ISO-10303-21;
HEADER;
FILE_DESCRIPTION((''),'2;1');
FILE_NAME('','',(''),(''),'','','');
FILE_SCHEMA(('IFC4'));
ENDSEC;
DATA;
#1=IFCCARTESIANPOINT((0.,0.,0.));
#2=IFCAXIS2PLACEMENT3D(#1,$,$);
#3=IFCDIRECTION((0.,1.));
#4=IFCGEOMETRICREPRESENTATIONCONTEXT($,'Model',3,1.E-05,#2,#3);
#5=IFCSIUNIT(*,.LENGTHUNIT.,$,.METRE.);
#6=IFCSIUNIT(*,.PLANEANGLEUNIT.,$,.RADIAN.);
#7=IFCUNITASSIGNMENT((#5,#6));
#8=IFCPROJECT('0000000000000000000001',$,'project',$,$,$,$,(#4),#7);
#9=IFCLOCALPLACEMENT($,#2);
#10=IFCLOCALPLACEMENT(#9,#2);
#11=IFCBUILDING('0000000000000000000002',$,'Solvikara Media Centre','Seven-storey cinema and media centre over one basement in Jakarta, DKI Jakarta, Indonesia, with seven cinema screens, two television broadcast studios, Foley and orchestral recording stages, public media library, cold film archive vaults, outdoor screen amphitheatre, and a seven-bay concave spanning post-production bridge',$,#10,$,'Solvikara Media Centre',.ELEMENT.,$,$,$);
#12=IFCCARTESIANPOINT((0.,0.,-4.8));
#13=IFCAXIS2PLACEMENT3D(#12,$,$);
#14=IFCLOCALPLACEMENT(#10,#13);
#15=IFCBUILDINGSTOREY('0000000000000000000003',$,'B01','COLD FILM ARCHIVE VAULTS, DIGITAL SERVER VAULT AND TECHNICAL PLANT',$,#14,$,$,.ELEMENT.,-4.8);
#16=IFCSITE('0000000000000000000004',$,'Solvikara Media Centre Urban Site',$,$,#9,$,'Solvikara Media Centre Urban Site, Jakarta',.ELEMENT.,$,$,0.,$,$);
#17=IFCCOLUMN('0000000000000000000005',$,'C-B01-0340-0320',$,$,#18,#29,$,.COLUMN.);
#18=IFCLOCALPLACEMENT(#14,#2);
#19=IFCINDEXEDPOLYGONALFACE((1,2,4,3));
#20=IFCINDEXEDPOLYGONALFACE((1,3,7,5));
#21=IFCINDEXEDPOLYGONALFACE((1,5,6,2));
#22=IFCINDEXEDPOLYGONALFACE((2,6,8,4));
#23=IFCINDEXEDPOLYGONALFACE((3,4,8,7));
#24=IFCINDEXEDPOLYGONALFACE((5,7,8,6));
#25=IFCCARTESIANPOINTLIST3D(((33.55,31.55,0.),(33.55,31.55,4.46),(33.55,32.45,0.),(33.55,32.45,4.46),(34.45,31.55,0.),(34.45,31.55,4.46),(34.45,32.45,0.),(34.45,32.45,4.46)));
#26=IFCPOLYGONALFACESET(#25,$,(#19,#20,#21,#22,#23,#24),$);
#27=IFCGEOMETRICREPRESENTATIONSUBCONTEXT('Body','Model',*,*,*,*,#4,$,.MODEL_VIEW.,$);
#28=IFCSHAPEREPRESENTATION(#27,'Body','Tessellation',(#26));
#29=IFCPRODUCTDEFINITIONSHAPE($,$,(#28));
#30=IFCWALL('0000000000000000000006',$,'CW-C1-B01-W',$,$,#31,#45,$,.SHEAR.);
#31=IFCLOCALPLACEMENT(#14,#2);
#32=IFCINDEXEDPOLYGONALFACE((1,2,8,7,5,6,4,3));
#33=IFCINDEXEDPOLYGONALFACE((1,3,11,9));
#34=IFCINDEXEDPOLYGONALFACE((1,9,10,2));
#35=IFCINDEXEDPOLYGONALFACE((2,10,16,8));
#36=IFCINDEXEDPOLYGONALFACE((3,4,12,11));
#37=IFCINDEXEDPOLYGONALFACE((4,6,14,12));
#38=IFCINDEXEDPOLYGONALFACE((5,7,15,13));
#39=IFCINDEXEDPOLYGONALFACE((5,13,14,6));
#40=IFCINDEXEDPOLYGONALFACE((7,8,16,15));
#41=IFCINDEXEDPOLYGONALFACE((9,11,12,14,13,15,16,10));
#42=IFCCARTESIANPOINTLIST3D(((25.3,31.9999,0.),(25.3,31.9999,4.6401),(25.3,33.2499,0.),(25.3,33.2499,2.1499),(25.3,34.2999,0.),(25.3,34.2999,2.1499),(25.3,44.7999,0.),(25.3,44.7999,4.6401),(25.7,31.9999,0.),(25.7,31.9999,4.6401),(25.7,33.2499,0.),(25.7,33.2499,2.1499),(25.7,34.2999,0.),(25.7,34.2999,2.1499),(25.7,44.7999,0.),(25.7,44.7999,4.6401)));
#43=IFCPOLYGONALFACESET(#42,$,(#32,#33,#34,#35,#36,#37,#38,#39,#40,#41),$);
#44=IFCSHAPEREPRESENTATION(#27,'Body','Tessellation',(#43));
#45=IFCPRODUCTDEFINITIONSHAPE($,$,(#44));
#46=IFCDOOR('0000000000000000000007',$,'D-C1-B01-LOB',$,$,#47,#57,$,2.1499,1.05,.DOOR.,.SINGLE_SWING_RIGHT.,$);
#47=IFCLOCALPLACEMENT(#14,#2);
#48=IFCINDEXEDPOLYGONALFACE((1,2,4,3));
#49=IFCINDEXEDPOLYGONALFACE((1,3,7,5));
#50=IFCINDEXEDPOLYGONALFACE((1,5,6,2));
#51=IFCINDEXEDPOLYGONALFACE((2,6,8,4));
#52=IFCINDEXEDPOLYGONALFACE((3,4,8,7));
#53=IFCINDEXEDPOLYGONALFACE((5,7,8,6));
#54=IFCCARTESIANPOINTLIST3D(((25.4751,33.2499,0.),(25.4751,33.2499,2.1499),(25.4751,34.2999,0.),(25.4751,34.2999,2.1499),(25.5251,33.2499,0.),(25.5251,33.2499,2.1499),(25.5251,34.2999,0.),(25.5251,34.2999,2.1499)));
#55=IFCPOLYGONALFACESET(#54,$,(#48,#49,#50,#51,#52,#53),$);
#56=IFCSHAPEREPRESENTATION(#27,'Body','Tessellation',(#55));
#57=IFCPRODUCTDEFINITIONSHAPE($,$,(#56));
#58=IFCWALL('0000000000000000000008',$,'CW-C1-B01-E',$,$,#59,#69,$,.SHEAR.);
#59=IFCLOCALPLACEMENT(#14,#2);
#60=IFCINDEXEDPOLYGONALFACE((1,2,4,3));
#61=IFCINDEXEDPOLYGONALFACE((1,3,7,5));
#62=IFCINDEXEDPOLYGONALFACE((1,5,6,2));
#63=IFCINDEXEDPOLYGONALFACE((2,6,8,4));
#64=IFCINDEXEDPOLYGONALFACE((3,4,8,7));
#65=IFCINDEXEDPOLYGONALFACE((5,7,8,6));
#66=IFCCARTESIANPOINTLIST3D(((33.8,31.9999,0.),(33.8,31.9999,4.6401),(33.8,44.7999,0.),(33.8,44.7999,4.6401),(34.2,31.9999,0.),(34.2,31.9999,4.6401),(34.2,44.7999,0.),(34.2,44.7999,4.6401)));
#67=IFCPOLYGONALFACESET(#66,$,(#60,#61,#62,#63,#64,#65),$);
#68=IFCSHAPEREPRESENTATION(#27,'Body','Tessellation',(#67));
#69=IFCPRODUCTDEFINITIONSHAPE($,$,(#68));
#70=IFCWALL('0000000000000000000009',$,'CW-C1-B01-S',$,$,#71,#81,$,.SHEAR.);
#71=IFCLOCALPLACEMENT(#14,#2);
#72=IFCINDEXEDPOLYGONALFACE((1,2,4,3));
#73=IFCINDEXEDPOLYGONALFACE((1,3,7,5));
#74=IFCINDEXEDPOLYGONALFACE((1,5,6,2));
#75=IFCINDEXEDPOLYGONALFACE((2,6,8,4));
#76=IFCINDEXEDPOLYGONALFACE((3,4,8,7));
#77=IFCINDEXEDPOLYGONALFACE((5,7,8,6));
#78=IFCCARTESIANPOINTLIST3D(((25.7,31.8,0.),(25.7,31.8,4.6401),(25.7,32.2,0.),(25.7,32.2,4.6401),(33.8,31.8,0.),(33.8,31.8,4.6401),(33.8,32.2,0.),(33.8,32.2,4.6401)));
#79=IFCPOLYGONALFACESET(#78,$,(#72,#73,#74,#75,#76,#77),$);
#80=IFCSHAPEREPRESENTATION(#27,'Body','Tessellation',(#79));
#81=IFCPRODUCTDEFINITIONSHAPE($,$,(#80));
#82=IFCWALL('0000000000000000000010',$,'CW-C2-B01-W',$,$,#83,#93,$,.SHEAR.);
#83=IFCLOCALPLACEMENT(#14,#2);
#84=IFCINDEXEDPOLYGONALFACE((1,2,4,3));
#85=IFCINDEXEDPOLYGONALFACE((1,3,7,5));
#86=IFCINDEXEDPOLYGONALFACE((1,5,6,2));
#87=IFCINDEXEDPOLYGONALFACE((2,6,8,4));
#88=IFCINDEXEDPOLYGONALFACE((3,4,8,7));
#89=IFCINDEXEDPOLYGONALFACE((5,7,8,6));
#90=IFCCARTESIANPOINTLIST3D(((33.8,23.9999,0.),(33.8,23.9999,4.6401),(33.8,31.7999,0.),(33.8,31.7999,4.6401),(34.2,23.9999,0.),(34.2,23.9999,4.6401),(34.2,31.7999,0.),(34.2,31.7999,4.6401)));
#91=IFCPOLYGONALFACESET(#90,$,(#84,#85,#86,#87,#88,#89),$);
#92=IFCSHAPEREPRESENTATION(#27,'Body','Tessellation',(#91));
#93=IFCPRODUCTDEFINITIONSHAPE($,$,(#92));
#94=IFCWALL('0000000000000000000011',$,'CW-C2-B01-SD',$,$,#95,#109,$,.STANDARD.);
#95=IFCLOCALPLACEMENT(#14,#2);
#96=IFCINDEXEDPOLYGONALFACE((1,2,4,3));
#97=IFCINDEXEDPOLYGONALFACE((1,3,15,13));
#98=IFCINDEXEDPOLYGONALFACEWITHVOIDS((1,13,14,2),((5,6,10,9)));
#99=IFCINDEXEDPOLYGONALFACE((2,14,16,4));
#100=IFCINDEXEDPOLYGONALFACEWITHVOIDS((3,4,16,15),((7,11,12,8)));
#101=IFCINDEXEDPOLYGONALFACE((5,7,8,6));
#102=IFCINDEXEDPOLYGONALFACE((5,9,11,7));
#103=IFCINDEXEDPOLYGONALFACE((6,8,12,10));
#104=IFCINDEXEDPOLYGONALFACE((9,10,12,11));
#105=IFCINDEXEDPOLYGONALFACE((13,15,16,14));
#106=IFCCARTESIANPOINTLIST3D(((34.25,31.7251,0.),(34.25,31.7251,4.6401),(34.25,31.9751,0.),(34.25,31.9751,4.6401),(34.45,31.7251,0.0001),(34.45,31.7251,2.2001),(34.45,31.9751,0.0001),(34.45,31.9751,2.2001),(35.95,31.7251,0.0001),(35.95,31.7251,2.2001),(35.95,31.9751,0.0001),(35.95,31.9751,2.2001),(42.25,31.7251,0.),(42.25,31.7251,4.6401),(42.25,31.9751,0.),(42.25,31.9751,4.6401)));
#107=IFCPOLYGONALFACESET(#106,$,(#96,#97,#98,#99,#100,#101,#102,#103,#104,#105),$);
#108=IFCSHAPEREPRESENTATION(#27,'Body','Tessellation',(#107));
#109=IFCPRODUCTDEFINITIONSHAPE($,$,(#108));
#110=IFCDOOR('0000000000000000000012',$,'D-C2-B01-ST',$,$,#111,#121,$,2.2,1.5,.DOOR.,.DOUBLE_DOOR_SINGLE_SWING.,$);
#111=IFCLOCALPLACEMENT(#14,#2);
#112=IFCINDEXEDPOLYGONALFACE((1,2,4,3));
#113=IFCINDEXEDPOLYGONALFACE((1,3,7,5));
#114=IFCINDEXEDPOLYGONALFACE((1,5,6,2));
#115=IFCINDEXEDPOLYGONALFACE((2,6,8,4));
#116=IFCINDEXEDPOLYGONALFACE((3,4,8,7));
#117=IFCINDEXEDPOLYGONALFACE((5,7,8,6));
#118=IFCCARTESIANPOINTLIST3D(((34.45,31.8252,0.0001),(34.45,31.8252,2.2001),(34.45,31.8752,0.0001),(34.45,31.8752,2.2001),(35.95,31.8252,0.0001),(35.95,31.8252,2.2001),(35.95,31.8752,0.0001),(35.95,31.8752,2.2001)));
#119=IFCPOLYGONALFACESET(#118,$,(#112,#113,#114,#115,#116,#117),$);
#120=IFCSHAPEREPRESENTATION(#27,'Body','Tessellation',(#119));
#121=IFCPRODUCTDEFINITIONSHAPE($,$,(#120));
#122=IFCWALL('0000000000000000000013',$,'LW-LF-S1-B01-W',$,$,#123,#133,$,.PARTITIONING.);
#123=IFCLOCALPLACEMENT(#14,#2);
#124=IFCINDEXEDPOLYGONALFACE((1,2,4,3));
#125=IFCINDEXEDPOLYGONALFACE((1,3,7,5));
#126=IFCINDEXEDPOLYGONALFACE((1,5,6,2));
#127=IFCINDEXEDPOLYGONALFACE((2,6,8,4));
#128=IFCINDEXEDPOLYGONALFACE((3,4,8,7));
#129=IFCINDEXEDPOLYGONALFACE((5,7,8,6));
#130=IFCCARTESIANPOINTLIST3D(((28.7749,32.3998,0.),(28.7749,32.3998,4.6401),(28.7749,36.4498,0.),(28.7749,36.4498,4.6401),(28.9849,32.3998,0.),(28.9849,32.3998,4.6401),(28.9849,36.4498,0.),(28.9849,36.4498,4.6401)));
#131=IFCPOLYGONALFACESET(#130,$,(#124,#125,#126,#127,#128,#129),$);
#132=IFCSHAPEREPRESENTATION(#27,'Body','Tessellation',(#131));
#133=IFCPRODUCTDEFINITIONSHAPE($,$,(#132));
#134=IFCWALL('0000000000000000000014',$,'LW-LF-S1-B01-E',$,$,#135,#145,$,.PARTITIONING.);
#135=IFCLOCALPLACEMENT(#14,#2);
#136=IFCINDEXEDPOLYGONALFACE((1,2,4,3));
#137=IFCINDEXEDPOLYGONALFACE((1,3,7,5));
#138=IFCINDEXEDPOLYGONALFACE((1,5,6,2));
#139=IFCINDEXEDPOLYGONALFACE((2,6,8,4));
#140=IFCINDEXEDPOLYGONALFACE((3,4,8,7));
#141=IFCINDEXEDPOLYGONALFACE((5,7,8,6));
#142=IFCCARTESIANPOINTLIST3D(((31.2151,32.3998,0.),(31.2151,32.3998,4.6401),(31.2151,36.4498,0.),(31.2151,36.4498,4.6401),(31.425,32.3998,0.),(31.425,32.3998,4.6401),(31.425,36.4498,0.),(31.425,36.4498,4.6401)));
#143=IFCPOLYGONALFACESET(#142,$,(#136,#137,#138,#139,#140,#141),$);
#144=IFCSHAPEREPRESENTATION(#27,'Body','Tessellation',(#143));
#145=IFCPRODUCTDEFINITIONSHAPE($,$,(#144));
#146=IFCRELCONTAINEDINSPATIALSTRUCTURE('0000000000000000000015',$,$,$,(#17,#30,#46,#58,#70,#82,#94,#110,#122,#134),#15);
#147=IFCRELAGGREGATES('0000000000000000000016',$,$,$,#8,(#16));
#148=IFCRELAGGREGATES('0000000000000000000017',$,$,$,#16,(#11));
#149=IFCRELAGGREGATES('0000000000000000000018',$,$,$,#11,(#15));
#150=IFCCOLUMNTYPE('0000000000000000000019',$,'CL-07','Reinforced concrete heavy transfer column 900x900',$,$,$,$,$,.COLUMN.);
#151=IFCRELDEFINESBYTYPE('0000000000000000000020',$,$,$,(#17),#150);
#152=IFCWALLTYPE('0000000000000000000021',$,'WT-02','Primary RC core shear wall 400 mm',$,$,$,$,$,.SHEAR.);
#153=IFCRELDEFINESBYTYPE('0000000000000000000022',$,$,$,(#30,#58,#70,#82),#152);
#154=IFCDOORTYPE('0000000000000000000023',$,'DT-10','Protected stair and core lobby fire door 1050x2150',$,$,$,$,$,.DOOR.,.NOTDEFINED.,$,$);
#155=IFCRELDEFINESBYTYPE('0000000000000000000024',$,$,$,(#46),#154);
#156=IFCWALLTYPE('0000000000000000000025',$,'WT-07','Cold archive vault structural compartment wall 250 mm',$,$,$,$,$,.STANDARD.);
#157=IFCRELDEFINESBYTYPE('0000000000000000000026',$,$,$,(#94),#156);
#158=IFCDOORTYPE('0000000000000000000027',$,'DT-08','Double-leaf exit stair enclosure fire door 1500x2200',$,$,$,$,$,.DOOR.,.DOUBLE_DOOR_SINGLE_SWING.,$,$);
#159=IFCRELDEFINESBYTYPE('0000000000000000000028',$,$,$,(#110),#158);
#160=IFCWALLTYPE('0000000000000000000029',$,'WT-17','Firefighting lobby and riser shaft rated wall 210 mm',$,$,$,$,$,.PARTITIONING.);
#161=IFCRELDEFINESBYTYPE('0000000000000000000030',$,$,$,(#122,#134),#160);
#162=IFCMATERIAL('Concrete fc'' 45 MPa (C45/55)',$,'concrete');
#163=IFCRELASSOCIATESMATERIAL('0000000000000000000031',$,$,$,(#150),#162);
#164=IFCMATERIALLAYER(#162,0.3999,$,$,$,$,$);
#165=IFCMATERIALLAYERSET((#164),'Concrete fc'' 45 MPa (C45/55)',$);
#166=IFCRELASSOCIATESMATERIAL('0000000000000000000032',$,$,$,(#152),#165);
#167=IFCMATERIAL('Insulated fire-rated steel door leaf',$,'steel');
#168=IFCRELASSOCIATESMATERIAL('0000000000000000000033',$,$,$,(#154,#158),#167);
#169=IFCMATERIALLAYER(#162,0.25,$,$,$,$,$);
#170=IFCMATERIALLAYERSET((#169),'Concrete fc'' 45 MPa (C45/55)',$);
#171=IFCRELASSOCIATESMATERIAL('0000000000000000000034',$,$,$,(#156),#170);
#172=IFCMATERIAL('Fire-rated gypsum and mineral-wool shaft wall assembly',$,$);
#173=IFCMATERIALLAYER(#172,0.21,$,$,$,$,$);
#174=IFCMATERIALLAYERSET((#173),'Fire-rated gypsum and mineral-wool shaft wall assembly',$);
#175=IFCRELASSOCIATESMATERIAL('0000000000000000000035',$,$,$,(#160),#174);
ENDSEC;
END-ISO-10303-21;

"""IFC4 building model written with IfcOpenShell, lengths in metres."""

from ifc_helpers import new_model, si_unit, direction, frame, frame_2d, origin, origin_2d, place, context, subcontext, project, spatial, rectangle, extrude, material, layer, layer_set, material_profile, profile_set, type_object, element, fill, save


model = new_model("IFC4")

# Units and contexts
model_context = context("Model", 3, precision=1e-05, world=origin(), true_north=direction((0.0, 1.0)))
body_context = subcontext(model_context, "Body", "Model", "MODEL_VIEW")
ifc_project = project(units=[si_unit("LENGTHUNIT", "METRE"), si_unit("PLANEANGLEUNIT", "RADIAN")], contexts=[model_context])

# Site, building, storey
site_placement = place(None, origin())
site = spatial("IfcSite", under=ifc_project, at=site_placement, Name="Solvikara Media Centre Urban Site", LongName="Solvikara Media Centre Urban Site, Jakarta", CompositionType="ELEMENT", RefElevation=0.0)
building_placement = place(site_placement, origin())
building = spatial("IfcBuilding", under=site, at=building_placement, Name="Solvikara Media Centre", Description="Seven-storey cinema and media centre over one basement in Jakarta, DKI Jakarta, Indonesia, with seven cinema screens, two television broadcast studios, Foley and orchestral recording stages, public media library, cold film archive vaults, outdoor screen amphitheatre, and a seven-bay concave spanning post-production bridge", LongName="Solvikara Media Centre", CompositionType="ELEMENT")
storey_placement = place(building_placement, frame((0.0, 0.0, -4.8)))
storey = spatial("IfcBuildingStorey", under=building, at=storey_placement, Name="B01", Description="COLD FILM ARCHIVE VAULTS, DIGITAL SERVER VAULT AND TECHNICAL PLANT", CompositionType="ELEMENT", Elevation=-4.8)

# Column
ifc_material_1 = material(Name="Concrete fc' 45 MPa (C45/55)", Category="concrete")
ifc_material_profile_1 = material_profile(ifc_material_1, rectangle(XDim=0.8999, YDim=0.8999, at=origin_2d()), Name="RC 900x900")
ifc_profile_set_1 = profile_set([ifc_material_profile_1], Name="Concrete fc' 45 MPa (C45/55)")
column_type_1 = type_object("IfcColumnType", Name="CL-07", Description="Reinforced concrete heavy transfer column 900x900", PredefinedType="COLUMN", material=ifc_profile_set_1)
column_1_placement = place(storey_placement, frame((34.0, 32.0, 0.0), z_axis=(0.0, 0.0, 1.0), x_axis=(1.0, 0.0, 0.0)))
element("IfcColumn", 1, at=column_1_placement, inside=storey, type_object=column_type_1, Name="C-B01-0340-0320", PredefinedType="COLUMN", context=body_context, shape_type="SweptSolid", body=[
    extrude(rectangle(XDim=0.8999, YDim=0.8999, at=origin_2d()), origin(), (0.0, 0.0, 1.0), 4.46),
])

# Wall, opening, door
ifc_layer_1 = layer(ifc_material_1, 0.3999)
ifc_layer_set_1 = layer_set([ifc_layer_1], Name="Concrete fc' 45 MPa (C45/55)")
wall_type_1 = type_object("IfcWallType", Name="WT-02", Description="Primary RC core shear wall 400 mm", PredefinedType="SHEAR", material=ifc_layer_set_1)
wall_1_placement = place(storey_placement, frame((25.5, 32.0, 0.0), z_axis=(0.0, 0.0, 1.0), x_axis=(0.0, 1.0, 0.0)))
wall_1 = element("IfcWall", 2, at=wall_1_placement, inside=storey, type_object=wall_type_1, Name="CW-C1-B01-W", PredefinedType="SHEAR", context=body_context, shape_type="SweptSolid", body=[
    extrude(rectangle(XDim=12.8, YDim=0.3999, at=frame_2d((6.3999, 0.0))), origin(), (0.0, 0.0, 1.0), 4.6401),
])
opening_1_placement = place(wall_1_placement, frame((1.25, 0.0, 0.0)))
opening_1 = element("IfcOpeningElement", 3, at=opening_1_placement, cuts=wall_1, PredefinedType="OPENING", context=body_context, shape_type="SweptSolid", body=[
    extrude(rectangle(XDim=1.05, YDim=2.1499, at=frame_2d((0.5249, 1.075))), frame((0.0, 0.2119, 0.0), z_axis=(0.0, -1.0, 0.0), x_axis=(1.0, 0.0, 0.0)), (0.0, 0.0, 1.0), 0.4238),
])
ifc_material_2 = material(Name="Insulated fire-rated steel door leaf", Category="steel")
door_type_1 = type_object("IfcDoorType", Name="DT-10", Description="Protected stair and core lobby fire door 1050x2150", OperationType="NOTDEFINED", PredefinedType="DOOR", material=ifc_material_2)
door_1_placement = place(opening_1_placement, origin())
door_1 = element("IfcDoor", 4, at=door_1_placement, inside=storey, type_object=door_type_1, Name="D-C1-B01-LOB", OperationType="SINGLE_SWING_RIGHT", OverallHeight=2.1499, OverallWidth=1.05, PredefinedType="DOOR", context=body_context, shape_type="SweptSolid", body=[
    extrude(rectangle(XDim=1.05, YDim=2.1499, at=frame_2d((0.5249, 1.075))), frame((0.0, 0.0249, 0.0), z_axis=(0.0, -1.0, 0.0), x_axis=(1.0, 0.0, 0.0)), (0.0, 0.0, 1.0), 0.05),
])
fill(opening_1, door_1)

# Walls
wall_2_placement = place(storey_placement, frame((34.0, 32.0, 0.0), z_axis=(0.0, 0.0, 1.0), x_axis=(0.0, 1.0, 0.0)))
element("IfcWall", 5, at=wall_2_placement, inside=storey, type_object=wall_type_1, Name="CW-C1-B01-E", PredefinedType="SHEAR", context=body_context, shape_type="SweptSolid", body=[
    extrude(rectangle(XDim=12.8, YDim=0.3999, at=frame_2d((6.3999, 0.0))), origin(), (0.0, 0.0, 1.0), 4.6401),
])
wall_3_placement = place(storey_placement, frame((25.7, 32.0, 0.0), z_axis=(0.0, 0.0, 1.0), x_axis=(1.0, 0.0, 0.0)))
element("IfcWall", 6, at=wall_3_placement, inside=storey, type_object=wall_type_1, Name="CW-C1-B01-S", PredefinedType="SHEAR", context=body_context, shape_type="SweptSolid", body=[
    extrude(rectangle(XDim=8.1001, YDim=0.3999, at=frame_2d((4.05, 0.0))), origin(), (0.0, 0.0, 1.0), 4.6401),
])
wall_4_placement = place(storey_placement, frame((34.0, 24.0, 0.0), z_axis=(0.0, 0.0, 1.0), x_axis=(0.0, 1.0, 0.0)))
element("IfcWall", 7, at=wall_4_placement, inside=storey, type_object=wall_type_1, Name="CW-C2-B01-W", PredefinedType="SHEAR", context=body_context, shape_type="SweptSolid", body=[
    extrude(rectangle(XDim=7.8, YDim=0.3999, at=frame_2d((3.8999, 0.0))), origin(), (0.0, 0.0, 1.0), 4.6401),
])

# Wall, opening, door
ifc_layer_2 = layer(ifc_material_1, 0.25)
ifc_layer_set_2 = layer_set([ifc_layer_2], Name="Concrete fc' 45 MPa (C45/55)")
wall_type_2 = type_object("IfcWallType", Name="WT-07", Description="Cold archive vault structural compartment wall 250 mm", PredefinedType="STANDARD", material=ifc_layer_set_2)
wall_5_placement = place(storey_placement, frame((34.25, 31.8501, 0.0), z_axis=(0.0, 0.0, 1.0), x_axis=(1.0, 0.0, 0.0)))
wall_5 = element("IfcWall", 8, at=wall_5_placement, inside=storey, type_object=wall_type_2, Name="CW-C2-B01-SD", PredefinedType="STANDARD", context=body_context, shape_type="SweptSolid", body=[
    extrude(rectangle(XDim=8.0, YDim=0.25, at=frame_2d((4.0, 0.0))), origin(), (0.0, 0.0, 1.0), 4.6401),
])
opening_2_placement = place(wall_5_placement, frame((0.2, 0.0, 0.0)))
opening_2 = element("IfcOpeningElement", 9, at=opening_2_placement, cuts=wall_5, PredefinedType="OPENING", context=body_context, shape_type="SweptSolid", body=[
    extrude(rectangle(XDim=1.5, YDim=2.2, at=frame_2d((0.75, 1.1001))), frame((0.0, 0.137, 0.0), z_axis=(0.0, -1.0, 0.0), x_axis=(1.0, 0.0, 0.0)), (0.0, 0.0, 1.0), 0.2739),
])
door_type_2 = type_object("IfcDoorType", Name="DT-08", Description="Double-leaf exit stair enclosure fire door 1500x2200", OperationType="DOUBLE_DOOR_SINGLE_SWING", PredefinedType="DOOR", material=ifc_material_2)
door_2_placement = place(opening_2_placement, frame((1.5, 0.0, 0.0), z_axis=(0.0, 0.0, 1.0), x_axis=(-1.0, 0.0, 0.0)))
door_2 = element("IfcDoor", 10, at=door_2_placement, inside=storey, type_object=door_type_2, Name="D-C2-B01-ST", OperationType="DOUBLE_DOOR_SINGLE_SWING", OverallHeight=2.2, OverallWidth=1.5, PredefinedType="DOOR", context=body_context, shape_type="SweptSolid", body=[
    extrude(rectangle(XDim=1.5, YDim=2.2, at=frame_2d((0.75, 1.1001))), frame((0.0, 0.0249, 0.0), z_axis=(0.0, -1.0, 0.0), x_axis=(1.0, 0.0, 0.0)), (0.0, 0.0, 1.0), 0.05),
])
fill(opening_2, door_2)

# Walls
ifc_material_3 = material(Name="Fire-rated gypsum and mineral-wool shaft wall assembly")
ifc_layer_3 = layer(ifc_material_3, 0.21)
ifc_layer_set_3 = layer_set([ifc_layer_3], Name="Fire-rated gypsum and mineral-wool shaft wall assembly")
wall_type_3 = type_object("IfcWallType", Name="WT-17", Description="Firefighting lobby and riser shaft rated wall 210 mm", PredefinedType="PARTITIONING", material=ifc_layer_set_3)
for number, where, z_axis, x_axis, name in (
    (11, (28.8799, 32.3999, 0.0), (0.0, 0.0, 1.0), (0.0, 1.0, 0.0), "LW-LF-S1-B01-W"),
    (12, (31.3201, 32.3999, 0.0), (0.0, 0.0, 1.0), (0.0, 1.0, 0.0), "LW-LF-S1-B01-E"),
):
    element("IfcWall", number, at=place(storey_placement, frame(where, z_axis=z_axis, x_axis=x_axis)), inside=storey, type_object=wall_type_3, Name=name, PredefinedType="PARTITIONING", context=body_context, shape_type="SweptSolid", body=[
        extrude(rectangle(XDim=4.05, YDim=0.21, at=frame_2d((2.0249, 0.0))), origin(), (0.0, 0.0, 1.0), 4.6401),
    ])

save(model, "model.ifc")
